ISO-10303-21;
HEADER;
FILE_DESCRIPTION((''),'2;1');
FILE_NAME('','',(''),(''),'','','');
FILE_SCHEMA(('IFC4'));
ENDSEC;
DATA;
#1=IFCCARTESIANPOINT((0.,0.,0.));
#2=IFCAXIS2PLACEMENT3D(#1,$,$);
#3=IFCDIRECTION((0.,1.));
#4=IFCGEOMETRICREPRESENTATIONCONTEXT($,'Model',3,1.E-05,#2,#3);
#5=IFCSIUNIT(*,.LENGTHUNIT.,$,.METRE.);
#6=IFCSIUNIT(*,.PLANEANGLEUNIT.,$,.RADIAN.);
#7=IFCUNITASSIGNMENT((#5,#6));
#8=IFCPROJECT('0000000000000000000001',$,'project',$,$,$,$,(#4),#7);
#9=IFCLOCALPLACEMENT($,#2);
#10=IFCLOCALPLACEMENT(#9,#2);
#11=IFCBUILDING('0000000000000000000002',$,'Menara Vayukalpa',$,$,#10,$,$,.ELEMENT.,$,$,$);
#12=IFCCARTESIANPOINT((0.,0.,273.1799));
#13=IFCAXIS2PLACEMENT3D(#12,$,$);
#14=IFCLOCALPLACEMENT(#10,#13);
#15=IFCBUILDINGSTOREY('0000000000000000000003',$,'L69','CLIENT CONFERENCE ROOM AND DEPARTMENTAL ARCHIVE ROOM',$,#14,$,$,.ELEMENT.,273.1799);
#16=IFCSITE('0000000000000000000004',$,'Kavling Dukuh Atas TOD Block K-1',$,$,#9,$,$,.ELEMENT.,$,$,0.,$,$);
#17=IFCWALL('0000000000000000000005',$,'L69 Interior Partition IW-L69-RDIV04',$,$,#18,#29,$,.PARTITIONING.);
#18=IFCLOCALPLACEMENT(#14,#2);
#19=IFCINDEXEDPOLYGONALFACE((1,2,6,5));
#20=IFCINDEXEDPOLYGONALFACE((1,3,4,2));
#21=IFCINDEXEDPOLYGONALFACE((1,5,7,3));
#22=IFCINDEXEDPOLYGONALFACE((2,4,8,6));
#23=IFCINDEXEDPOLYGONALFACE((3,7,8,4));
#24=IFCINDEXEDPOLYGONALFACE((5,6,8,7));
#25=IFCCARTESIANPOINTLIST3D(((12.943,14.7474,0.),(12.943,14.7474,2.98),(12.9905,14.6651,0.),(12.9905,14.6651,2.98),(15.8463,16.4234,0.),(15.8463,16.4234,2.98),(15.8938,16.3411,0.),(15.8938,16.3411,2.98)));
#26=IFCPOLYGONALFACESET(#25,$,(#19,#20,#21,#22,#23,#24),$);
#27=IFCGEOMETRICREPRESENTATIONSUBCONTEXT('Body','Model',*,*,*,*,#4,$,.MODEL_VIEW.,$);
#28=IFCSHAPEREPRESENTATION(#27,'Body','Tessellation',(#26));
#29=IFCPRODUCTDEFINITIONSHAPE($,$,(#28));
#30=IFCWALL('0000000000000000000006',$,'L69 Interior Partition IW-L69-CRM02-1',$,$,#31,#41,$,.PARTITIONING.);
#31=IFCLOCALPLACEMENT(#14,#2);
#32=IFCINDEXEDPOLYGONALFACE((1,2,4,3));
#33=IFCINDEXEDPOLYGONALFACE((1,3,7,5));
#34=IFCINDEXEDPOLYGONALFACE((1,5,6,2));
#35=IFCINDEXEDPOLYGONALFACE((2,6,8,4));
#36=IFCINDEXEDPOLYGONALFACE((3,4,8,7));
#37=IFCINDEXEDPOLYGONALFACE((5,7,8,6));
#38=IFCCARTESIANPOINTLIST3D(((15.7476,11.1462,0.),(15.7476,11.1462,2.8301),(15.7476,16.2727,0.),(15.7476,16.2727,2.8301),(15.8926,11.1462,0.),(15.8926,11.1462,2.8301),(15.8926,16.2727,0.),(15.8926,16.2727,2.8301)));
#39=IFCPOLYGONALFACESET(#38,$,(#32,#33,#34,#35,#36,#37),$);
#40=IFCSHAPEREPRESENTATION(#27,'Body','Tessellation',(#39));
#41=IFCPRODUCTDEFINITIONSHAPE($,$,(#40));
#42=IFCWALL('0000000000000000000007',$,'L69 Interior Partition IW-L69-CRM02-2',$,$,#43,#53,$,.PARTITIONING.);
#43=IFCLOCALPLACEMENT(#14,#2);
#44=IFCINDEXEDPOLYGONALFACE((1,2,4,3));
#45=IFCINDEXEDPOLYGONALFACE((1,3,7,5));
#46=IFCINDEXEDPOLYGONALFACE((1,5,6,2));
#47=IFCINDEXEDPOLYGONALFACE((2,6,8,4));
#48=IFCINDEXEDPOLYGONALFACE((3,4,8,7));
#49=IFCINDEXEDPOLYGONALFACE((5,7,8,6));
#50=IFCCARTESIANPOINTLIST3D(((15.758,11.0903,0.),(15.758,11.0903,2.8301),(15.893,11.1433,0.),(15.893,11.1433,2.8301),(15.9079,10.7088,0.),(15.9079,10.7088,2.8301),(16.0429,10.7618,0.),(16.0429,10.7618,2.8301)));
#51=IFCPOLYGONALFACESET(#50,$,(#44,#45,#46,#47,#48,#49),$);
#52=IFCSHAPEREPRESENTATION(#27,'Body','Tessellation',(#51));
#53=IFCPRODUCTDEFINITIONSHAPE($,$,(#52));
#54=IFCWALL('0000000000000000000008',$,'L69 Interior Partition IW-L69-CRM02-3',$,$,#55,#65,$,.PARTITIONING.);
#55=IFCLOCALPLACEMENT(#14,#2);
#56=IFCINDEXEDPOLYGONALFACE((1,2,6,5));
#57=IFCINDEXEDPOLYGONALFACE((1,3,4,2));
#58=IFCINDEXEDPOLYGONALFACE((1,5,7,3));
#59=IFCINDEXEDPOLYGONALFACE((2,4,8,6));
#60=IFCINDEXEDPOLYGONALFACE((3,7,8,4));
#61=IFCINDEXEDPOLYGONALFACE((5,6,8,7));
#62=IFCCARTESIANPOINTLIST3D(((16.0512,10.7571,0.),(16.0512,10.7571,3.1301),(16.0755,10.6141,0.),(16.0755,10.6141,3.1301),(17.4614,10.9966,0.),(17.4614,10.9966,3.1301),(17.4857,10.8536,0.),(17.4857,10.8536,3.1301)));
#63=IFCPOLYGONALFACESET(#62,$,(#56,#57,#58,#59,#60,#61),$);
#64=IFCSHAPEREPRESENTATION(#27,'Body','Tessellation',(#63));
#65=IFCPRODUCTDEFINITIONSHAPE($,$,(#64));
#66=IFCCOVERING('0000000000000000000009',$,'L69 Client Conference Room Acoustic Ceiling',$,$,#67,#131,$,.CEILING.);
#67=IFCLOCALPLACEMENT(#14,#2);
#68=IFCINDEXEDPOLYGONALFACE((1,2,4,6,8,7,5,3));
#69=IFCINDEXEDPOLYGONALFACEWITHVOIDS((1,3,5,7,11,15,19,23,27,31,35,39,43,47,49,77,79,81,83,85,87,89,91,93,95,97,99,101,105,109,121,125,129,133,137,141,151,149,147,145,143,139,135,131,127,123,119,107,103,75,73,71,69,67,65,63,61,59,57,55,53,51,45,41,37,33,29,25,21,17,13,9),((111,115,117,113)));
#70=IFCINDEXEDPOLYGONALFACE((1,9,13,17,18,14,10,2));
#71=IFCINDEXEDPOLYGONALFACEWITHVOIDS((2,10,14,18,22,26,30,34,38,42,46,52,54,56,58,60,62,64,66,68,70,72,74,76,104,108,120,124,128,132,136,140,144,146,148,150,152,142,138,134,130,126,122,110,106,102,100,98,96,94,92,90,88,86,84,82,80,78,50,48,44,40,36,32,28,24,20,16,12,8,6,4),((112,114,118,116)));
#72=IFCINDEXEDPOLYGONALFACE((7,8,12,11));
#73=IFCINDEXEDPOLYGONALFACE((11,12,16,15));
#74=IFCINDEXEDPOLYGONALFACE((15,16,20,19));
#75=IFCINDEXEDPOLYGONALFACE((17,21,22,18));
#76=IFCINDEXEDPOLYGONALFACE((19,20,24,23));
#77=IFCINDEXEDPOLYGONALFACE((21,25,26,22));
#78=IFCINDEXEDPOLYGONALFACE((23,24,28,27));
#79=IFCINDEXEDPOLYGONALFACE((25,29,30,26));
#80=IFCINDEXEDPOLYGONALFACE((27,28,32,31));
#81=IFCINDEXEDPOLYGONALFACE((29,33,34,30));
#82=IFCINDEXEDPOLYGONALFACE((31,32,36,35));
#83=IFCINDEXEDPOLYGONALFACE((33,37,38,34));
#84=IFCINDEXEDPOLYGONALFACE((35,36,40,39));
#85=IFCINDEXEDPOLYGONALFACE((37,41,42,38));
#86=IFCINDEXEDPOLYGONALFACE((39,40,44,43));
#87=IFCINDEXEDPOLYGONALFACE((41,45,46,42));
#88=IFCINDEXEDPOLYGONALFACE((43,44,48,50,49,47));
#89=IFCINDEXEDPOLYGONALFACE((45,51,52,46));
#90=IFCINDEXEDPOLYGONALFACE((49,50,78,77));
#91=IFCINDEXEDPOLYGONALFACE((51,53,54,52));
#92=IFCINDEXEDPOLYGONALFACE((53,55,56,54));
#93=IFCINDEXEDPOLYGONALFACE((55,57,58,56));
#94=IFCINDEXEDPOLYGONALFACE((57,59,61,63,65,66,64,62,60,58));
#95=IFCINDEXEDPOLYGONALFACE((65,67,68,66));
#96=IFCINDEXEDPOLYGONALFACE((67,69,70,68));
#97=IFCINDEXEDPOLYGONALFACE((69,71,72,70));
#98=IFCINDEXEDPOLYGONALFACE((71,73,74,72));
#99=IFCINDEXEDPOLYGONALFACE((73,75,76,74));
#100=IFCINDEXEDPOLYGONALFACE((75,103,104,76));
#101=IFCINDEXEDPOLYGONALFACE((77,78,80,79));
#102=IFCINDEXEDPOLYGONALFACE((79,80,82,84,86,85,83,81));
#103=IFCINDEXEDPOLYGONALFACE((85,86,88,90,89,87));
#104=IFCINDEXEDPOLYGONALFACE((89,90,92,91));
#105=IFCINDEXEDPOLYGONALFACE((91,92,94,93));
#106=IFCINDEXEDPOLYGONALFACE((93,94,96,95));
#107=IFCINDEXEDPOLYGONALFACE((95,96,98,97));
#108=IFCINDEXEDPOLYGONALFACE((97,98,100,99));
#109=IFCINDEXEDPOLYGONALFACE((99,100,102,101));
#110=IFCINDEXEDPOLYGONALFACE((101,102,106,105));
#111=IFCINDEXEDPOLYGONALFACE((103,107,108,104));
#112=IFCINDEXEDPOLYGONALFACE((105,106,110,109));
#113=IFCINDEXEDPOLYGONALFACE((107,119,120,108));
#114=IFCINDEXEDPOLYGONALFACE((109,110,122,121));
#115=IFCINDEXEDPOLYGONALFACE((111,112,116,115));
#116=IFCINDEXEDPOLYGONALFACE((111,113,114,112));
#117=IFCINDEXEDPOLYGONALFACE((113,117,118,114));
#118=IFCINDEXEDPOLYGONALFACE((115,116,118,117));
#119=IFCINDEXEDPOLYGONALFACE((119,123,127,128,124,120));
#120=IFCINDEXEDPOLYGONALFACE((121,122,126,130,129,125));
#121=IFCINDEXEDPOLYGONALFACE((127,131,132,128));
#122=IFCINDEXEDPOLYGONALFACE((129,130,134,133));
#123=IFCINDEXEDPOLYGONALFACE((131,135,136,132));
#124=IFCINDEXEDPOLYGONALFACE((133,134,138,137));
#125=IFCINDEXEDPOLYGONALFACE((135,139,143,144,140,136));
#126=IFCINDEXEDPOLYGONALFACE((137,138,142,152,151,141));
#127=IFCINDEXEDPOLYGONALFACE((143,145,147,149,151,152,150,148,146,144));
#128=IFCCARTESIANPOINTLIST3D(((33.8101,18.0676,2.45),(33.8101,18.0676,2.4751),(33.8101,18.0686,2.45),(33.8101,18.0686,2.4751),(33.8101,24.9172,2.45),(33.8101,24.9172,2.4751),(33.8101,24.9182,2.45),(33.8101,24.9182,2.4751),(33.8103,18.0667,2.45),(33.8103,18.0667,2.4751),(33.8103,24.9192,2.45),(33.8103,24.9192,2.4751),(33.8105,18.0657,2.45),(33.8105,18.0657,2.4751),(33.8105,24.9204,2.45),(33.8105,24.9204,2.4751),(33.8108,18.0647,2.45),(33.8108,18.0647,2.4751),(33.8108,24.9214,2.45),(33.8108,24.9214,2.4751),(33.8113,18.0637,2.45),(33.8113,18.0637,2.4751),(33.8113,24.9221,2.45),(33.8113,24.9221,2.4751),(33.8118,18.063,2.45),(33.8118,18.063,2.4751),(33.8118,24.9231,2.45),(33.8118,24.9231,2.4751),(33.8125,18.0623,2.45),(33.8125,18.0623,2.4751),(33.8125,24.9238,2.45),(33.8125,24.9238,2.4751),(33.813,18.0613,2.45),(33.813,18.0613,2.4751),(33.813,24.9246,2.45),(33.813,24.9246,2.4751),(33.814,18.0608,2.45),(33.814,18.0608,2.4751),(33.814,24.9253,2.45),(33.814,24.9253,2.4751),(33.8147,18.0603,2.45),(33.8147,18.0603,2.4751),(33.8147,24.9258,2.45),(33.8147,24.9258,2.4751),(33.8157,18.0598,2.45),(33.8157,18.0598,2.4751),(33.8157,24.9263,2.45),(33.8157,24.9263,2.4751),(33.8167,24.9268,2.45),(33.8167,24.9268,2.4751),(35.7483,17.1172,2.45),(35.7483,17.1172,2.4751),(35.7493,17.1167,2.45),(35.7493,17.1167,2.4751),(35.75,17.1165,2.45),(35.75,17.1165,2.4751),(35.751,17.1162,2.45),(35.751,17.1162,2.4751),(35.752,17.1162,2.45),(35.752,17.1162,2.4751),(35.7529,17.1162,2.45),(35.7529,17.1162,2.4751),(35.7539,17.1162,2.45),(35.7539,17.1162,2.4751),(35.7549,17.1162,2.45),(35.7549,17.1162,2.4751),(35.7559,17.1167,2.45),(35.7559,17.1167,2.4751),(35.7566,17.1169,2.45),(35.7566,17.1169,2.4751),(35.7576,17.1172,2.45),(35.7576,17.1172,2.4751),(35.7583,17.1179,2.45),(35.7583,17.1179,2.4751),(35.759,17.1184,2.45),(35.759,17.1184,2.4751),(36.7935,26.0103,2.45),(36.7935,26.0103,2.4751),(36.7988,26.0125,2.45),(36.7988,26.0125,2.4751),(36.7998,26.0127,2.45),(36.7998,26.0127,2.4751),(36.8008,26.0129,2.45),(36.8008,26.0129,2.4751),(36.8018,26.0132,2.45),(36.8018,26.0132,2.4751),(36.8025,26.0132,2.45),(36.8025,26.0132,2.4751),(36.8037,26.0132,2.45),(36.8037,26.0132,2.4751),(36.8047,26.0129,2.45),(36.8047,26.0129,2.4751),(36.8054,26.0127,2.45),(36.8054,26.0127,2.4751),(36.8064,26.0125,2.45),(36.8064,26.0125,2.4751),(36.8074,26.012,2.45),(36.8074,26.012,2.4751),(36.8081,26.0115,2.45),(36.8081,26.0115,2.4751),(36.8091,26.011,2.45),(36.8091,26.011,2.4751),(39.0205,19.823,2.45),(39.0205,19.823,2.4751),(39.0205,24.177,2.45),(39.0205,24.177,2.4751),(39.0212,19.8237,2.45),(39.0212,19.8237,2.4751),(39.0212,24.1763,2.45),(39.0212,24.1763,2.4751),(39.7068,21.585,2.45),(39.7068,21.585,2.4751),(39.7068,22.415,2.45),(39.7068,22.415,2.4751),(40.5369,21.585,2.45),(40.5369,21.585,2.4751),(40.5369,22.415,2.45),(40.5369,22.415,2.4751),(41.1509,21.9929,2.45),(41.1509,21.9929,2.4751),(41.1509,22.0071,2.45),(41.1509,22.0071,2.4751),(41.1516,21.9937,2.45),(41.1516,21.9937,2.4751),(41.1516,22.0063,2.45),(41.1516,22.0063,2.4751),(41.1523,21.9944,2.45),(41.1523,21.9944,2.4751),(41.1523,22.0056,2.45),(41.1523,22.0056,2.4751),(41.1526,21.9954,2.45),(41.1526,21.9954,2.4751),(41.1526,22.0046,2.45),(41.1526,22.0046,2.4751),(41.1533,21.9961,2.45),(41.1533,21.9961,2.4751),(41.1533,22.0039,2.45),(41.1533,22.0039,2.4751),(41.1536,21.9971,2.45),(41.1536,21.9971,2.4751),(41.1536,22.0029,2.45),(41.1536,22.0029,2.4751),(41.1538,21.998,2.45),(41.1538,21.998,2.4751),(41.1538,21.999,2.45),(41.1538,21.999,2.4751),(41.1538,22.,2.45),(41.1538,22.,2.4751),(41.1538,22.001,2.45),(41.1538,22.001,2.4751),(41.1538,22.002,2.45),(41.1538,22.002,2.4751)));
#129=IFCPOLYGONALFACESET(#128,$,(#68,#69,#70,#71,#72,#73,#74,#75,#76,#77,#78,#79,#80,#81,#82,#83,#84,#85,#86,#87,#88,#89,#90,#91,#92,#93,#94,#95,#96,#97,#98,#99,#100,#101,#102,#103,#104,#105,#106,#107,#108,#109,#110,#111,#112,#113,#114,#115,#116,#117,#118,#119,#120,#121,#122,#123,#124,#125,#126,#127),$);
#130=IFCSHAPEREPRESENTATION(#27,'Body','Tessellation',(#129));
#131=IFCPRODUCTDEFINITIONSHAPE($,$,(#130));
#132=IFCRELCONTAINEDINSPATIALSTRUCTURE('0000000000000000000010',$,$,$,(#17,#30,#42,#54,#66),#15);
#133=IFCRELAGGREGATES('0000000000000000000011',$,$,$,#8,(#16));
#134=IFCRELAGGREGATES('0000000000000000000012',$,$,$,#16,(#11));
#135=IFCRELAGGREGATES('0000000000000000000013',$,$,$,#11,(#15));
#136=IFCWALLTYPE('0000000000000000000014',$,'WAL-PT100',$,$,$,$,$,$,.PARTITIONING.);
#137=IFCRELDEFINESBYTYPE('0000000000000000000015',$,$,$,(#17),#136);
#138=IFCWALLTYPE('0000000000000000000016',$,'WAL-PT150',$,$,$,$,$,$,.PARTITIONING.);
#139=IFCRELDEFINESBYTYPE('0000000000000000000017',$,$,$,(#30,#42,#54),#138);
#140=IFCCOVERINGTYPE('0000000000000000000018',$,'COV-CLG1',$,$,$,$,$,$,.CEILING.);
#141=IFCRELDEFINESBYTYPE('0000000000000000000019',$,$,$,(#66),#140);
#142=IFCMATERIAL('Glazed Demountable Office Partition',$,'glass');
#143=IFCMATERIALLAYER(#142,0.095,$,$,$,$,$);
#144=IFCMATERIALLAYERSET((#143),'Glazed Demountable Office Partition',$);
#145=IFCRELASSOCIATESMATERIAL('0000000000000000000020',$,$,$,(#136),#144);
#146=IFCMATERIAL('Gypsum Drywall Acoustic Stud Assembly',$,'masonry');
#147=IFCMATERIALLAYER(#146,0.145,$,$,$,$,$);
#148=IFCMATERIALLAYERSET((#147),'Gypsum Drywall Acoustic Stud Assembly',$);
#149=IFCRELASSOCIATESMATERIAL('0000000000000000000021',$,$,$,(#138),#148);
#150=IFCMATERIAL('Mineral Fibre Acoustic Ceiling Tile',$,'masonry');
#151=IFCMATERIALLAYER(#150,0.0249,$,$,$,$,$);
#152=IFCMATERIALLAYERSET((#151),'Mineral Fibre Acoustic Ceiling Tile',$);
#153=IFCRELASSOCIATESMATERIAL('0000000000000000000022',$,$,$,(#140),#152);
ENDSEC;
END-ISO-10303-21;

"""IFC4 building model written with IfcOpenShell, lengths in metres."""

from ifc_helpers import new_model, si_unit, direction, frame, frame_2d, origin, place, context, subcontext, project, spatial, polyline, rectangle, outline, extrude, material, layer, layer_set, type_object, element, save


model = new_model("IFC4")

# Units and contexts
model_context = context("Model", 3, precision=1e-05, world=origin(), true_north=direction((0.0, 1.0)))
body_context = subcontext(model_context, "Body", "Model", "MODEL_VIEW")
ifc_project = project(units=[si_unit("LENGTHUNIT", "METRE"), si_unit("PLANEANGLEUNIT", "RADIAN")], contexts=[model_context])

# Site, building, storey
site_placement = place(None, origin())
site = spatial("IfcSite", under=ifc_project, at=site_placement, Name="Kavling Dukuh Atas TOD Block K-1", CompositionType="ELEMENT", RefElevation=0.0)
building_placement = place(site_placement, origin())
building = spatial("IfcBuilding", under=site, at=building_placement, Name="Menara Vayukalpa", CompositionType="ELEMENT")
storey_placement = place(building_placement, frame((0.0, 0.0, 273.1799)))
storey = spatial("IfcBuildingStorey", under=building, at=storey_placement, Name="L69", Description="CLIENT CONFERENCE ROOM AND DEPARTMENTAL ARCHIVE ROOM", CompositionType="ELEMENT", Elevation=273.1799)

# Walls
ifc_material_1 = material(Name="Glazed Demountable Office Partition", Category="glass")
ifc_layer_1 = layer(ifc_material_1, 0.095)
ifc_layer_set_1 = layer_set([ifc_layer_1], Name="Glazed Demountable Office Partition")
wall_type_1 = type_object("IfcWallType", Name="WAL-PT100", PredefinedType="PARTITIONING", material=ifc_layer_set_1)
wall_1_placement = place(storey_placement, frame((15.8701, 16.3823, 0.0), z_axis=(0.0, 0.0, 1.0), x_axis=(-0.866052, -0.499954, 0.0)))
element("IfcWall", 1, at=wall_1_placement, inside=storey, type_object=wall_type_1, Name="L69 Interior Partition IW-L69-RDIV04", PredefinedType="PARTITIONING", context=body_context, shape_type="SweptSolid", body=[
    extrude(rectangle(XDim=3.3523, YDim=0.095, at=frame_2d((1.6763, 0.0))), origin(), (0.0, 0.0, 1.0), 2.98),
])
ifc_material_2 = material(Name="Gypsum Drywall Acoustic Stud Assembly", Category="masonry")
ifc_layer_2 = layer(ifc_material_2, 0.145)
ifc_layer_set_2 = layer_set([ifc_layer_2], Name="Gypsum Drywall Acoustic Stud Assembly")
wall_type_2 = type_object("IfcWallType", Name="WAL-PT150", PredefinedType="PARTITIONING", material=ifc_layer_set_2)
wall_2_placement = place(storey_placement, frame((15.8201, 16.2727, 0.0), z_axis=(0.0, 0.0, 1.0), x_axis=(0.0, -1.0, 0.0)))
element("IfcWall", 2, at=wall_2_placement, inside=storey, type_object=wall_type_2, Name="L69 Interior Partition IW-L69-CRM02-1", PredefinedType="PARTITIONING", context=body_context, shape_type="SweptSolid", body=[
    extrude(rectangle(XDim=5.1265, YDim=0.145, at=frame_2d((2.5632, 0.0))), origin(), (0.0, 0.0, 1.0), 2.8301),
])
wall_3_placement = place(storey_placement, frame((15.8254, 11.1169, 0.0), z_axis=(0.0, 0.0, 1.0), x_axis=(0.365634, -0.930759, 0.0)))
element("IfcWall", 3, at=wall_3_placement, inside=storey, type_object=wall_type_2, Name="L69 Interior Partition IW-L69-CRM02-2", PredefinedType="PARTITIONING", context=body_context, shape_type="SweptSolid", body=[
    extrude(rectangle(XDim=0.4099, YDim=0.145, at=frame_2d((0.2051, 0.0))), origin(), (0.0, 0.0, 1.0), 2.8301),
])
wall_4_placement = place(storey_placement, frame((16.0632, 10.6855, 0.0), z_axis=(0.0, 0.0, 1.0), x_axis=(0.985882, 0.167443, 0.0)))
element("IfcWall", 4, at=wall_4_placement, inside=storey, type_object=wall_type_2, Name="L69 Interior Partition IW-L69-CRM02-3", PredefinedType="PARTITIONING", context=body_context, shape_type="SweptSolid", body=[
    extrude(rectangle(XDim=1.4304, YDim=0.145, at=frame_2d((0.7153, 0.0))), origin(), (0.0, 0.0, 1.0), 3.1301),
])

# Covering
ifc_material_3 = material(Name="Mineral Fibre Acoustic Ceiling Tile", Category="masonry")
ifc_layer_3 = layer(ifc_material_3, 0.0249)
ifc_layer_set_3 = layer_set([ifc_layer_3], Name="Mineral Fibre Acoustic Ceiling Tile")
covering_type_1 = type_object("IfcCoveringType", Name="COV-CLG1", PredefinedType="CEILING", material=ifc_layer_set_3)
covering_1_placement = place(storey_placement, frame((0.0, 0.0, 2.45)))
element("IfcCovering", 5, at=covering_1_placement, inside=storey, type_object=covering_type_1, Name="L69 Client Conference Room Acoustic Ceiling", PredefinedType="CEILING", context=body_context, shape_type="SweptSolid", body=[
    extrude(outline(polyline([(41.1509, 22.0071), (41.1516, 22.0063), (41.1523, 22.0056), (41.1526, 22.0046), (41.1533, 22.0039), (41.1536, 22.0029), (41.1538, 22.002), (41.1538, 22.001), (41.1538, 22.0), (41.1538, 21.999), (41.1538, 21.998), (41.1536, 21.9971), (41.1533, 21.9961), (41.1526, 21.9954), (41.1523, 21.9944), (41.1516, 21.9937), (41.1509, 21.9929), (39.0212, 19.8237), (39.0205, 19.823), (35.759, 17.1184), (35.7583, 17.1179), (35.7576, 17.1172), (35.7566, 17.1169), (35.7559, 17.1167), (35.7549, 17.1162), (35.7539, 17.1162), (35.7529, 17.1162), (35.752, 17.1162), (35.751, 17.1162), (35.75, 17.1165), (35.7493, 17.1167), (35.7483, 17.1172), (33.8157, 18.0598), (33.8147, 18.0603), (33.814, 18.0608), (33.813, 18.0613), (33.8125, 18.0623), (33.8118, 18.063), (33.8113, 18.0637), (33.8108, 18.0647), (33.8105, 18.0657), (33.8103, 18.0667), (33.8101, 18.0676), (33.8101, 18.0686), (33.8101, 24.9172), (33.8101, 24.9182), (33.8103, 24.9192), (33.8105, 24.9204), (33.8108, 24.9214), (33.8113, 24.9221), (33.8118, 24.9231), (33.8125, 24.9238), (33.813, 24.9246), (33.814, 24.9253), (33.8147, 24.9258), (33.8157, 24.9263), (33.8167, 24.9268), (36.7935, 26.0103), (36.7988, 26.0125), (36.7998, 26.0127), (36.8008, 26.0129), (36.8018, 26.0132), (36.8025, 26.0132), (36.8037, 26.0132), (36.8047, 26.0129), (36.8054, 26.0127), (36.8064, 26.0125), (36.8074, 26.012), (36.8081, 26.0115), (36.8091, 26.011), (39.0205, 24.177), (39.0212, 24.1763), (41.1509, 22.0071)]), holes=[polyline([(40.5369, 22.415), (39.7068, 22.415), (39.7068, 21.585), (40.5369, 21.585), (40.5369, 22.415)])]), origin(), (0.0, 0.0, 1.0), 0.0251),
])

save(model, "model.ifc")
